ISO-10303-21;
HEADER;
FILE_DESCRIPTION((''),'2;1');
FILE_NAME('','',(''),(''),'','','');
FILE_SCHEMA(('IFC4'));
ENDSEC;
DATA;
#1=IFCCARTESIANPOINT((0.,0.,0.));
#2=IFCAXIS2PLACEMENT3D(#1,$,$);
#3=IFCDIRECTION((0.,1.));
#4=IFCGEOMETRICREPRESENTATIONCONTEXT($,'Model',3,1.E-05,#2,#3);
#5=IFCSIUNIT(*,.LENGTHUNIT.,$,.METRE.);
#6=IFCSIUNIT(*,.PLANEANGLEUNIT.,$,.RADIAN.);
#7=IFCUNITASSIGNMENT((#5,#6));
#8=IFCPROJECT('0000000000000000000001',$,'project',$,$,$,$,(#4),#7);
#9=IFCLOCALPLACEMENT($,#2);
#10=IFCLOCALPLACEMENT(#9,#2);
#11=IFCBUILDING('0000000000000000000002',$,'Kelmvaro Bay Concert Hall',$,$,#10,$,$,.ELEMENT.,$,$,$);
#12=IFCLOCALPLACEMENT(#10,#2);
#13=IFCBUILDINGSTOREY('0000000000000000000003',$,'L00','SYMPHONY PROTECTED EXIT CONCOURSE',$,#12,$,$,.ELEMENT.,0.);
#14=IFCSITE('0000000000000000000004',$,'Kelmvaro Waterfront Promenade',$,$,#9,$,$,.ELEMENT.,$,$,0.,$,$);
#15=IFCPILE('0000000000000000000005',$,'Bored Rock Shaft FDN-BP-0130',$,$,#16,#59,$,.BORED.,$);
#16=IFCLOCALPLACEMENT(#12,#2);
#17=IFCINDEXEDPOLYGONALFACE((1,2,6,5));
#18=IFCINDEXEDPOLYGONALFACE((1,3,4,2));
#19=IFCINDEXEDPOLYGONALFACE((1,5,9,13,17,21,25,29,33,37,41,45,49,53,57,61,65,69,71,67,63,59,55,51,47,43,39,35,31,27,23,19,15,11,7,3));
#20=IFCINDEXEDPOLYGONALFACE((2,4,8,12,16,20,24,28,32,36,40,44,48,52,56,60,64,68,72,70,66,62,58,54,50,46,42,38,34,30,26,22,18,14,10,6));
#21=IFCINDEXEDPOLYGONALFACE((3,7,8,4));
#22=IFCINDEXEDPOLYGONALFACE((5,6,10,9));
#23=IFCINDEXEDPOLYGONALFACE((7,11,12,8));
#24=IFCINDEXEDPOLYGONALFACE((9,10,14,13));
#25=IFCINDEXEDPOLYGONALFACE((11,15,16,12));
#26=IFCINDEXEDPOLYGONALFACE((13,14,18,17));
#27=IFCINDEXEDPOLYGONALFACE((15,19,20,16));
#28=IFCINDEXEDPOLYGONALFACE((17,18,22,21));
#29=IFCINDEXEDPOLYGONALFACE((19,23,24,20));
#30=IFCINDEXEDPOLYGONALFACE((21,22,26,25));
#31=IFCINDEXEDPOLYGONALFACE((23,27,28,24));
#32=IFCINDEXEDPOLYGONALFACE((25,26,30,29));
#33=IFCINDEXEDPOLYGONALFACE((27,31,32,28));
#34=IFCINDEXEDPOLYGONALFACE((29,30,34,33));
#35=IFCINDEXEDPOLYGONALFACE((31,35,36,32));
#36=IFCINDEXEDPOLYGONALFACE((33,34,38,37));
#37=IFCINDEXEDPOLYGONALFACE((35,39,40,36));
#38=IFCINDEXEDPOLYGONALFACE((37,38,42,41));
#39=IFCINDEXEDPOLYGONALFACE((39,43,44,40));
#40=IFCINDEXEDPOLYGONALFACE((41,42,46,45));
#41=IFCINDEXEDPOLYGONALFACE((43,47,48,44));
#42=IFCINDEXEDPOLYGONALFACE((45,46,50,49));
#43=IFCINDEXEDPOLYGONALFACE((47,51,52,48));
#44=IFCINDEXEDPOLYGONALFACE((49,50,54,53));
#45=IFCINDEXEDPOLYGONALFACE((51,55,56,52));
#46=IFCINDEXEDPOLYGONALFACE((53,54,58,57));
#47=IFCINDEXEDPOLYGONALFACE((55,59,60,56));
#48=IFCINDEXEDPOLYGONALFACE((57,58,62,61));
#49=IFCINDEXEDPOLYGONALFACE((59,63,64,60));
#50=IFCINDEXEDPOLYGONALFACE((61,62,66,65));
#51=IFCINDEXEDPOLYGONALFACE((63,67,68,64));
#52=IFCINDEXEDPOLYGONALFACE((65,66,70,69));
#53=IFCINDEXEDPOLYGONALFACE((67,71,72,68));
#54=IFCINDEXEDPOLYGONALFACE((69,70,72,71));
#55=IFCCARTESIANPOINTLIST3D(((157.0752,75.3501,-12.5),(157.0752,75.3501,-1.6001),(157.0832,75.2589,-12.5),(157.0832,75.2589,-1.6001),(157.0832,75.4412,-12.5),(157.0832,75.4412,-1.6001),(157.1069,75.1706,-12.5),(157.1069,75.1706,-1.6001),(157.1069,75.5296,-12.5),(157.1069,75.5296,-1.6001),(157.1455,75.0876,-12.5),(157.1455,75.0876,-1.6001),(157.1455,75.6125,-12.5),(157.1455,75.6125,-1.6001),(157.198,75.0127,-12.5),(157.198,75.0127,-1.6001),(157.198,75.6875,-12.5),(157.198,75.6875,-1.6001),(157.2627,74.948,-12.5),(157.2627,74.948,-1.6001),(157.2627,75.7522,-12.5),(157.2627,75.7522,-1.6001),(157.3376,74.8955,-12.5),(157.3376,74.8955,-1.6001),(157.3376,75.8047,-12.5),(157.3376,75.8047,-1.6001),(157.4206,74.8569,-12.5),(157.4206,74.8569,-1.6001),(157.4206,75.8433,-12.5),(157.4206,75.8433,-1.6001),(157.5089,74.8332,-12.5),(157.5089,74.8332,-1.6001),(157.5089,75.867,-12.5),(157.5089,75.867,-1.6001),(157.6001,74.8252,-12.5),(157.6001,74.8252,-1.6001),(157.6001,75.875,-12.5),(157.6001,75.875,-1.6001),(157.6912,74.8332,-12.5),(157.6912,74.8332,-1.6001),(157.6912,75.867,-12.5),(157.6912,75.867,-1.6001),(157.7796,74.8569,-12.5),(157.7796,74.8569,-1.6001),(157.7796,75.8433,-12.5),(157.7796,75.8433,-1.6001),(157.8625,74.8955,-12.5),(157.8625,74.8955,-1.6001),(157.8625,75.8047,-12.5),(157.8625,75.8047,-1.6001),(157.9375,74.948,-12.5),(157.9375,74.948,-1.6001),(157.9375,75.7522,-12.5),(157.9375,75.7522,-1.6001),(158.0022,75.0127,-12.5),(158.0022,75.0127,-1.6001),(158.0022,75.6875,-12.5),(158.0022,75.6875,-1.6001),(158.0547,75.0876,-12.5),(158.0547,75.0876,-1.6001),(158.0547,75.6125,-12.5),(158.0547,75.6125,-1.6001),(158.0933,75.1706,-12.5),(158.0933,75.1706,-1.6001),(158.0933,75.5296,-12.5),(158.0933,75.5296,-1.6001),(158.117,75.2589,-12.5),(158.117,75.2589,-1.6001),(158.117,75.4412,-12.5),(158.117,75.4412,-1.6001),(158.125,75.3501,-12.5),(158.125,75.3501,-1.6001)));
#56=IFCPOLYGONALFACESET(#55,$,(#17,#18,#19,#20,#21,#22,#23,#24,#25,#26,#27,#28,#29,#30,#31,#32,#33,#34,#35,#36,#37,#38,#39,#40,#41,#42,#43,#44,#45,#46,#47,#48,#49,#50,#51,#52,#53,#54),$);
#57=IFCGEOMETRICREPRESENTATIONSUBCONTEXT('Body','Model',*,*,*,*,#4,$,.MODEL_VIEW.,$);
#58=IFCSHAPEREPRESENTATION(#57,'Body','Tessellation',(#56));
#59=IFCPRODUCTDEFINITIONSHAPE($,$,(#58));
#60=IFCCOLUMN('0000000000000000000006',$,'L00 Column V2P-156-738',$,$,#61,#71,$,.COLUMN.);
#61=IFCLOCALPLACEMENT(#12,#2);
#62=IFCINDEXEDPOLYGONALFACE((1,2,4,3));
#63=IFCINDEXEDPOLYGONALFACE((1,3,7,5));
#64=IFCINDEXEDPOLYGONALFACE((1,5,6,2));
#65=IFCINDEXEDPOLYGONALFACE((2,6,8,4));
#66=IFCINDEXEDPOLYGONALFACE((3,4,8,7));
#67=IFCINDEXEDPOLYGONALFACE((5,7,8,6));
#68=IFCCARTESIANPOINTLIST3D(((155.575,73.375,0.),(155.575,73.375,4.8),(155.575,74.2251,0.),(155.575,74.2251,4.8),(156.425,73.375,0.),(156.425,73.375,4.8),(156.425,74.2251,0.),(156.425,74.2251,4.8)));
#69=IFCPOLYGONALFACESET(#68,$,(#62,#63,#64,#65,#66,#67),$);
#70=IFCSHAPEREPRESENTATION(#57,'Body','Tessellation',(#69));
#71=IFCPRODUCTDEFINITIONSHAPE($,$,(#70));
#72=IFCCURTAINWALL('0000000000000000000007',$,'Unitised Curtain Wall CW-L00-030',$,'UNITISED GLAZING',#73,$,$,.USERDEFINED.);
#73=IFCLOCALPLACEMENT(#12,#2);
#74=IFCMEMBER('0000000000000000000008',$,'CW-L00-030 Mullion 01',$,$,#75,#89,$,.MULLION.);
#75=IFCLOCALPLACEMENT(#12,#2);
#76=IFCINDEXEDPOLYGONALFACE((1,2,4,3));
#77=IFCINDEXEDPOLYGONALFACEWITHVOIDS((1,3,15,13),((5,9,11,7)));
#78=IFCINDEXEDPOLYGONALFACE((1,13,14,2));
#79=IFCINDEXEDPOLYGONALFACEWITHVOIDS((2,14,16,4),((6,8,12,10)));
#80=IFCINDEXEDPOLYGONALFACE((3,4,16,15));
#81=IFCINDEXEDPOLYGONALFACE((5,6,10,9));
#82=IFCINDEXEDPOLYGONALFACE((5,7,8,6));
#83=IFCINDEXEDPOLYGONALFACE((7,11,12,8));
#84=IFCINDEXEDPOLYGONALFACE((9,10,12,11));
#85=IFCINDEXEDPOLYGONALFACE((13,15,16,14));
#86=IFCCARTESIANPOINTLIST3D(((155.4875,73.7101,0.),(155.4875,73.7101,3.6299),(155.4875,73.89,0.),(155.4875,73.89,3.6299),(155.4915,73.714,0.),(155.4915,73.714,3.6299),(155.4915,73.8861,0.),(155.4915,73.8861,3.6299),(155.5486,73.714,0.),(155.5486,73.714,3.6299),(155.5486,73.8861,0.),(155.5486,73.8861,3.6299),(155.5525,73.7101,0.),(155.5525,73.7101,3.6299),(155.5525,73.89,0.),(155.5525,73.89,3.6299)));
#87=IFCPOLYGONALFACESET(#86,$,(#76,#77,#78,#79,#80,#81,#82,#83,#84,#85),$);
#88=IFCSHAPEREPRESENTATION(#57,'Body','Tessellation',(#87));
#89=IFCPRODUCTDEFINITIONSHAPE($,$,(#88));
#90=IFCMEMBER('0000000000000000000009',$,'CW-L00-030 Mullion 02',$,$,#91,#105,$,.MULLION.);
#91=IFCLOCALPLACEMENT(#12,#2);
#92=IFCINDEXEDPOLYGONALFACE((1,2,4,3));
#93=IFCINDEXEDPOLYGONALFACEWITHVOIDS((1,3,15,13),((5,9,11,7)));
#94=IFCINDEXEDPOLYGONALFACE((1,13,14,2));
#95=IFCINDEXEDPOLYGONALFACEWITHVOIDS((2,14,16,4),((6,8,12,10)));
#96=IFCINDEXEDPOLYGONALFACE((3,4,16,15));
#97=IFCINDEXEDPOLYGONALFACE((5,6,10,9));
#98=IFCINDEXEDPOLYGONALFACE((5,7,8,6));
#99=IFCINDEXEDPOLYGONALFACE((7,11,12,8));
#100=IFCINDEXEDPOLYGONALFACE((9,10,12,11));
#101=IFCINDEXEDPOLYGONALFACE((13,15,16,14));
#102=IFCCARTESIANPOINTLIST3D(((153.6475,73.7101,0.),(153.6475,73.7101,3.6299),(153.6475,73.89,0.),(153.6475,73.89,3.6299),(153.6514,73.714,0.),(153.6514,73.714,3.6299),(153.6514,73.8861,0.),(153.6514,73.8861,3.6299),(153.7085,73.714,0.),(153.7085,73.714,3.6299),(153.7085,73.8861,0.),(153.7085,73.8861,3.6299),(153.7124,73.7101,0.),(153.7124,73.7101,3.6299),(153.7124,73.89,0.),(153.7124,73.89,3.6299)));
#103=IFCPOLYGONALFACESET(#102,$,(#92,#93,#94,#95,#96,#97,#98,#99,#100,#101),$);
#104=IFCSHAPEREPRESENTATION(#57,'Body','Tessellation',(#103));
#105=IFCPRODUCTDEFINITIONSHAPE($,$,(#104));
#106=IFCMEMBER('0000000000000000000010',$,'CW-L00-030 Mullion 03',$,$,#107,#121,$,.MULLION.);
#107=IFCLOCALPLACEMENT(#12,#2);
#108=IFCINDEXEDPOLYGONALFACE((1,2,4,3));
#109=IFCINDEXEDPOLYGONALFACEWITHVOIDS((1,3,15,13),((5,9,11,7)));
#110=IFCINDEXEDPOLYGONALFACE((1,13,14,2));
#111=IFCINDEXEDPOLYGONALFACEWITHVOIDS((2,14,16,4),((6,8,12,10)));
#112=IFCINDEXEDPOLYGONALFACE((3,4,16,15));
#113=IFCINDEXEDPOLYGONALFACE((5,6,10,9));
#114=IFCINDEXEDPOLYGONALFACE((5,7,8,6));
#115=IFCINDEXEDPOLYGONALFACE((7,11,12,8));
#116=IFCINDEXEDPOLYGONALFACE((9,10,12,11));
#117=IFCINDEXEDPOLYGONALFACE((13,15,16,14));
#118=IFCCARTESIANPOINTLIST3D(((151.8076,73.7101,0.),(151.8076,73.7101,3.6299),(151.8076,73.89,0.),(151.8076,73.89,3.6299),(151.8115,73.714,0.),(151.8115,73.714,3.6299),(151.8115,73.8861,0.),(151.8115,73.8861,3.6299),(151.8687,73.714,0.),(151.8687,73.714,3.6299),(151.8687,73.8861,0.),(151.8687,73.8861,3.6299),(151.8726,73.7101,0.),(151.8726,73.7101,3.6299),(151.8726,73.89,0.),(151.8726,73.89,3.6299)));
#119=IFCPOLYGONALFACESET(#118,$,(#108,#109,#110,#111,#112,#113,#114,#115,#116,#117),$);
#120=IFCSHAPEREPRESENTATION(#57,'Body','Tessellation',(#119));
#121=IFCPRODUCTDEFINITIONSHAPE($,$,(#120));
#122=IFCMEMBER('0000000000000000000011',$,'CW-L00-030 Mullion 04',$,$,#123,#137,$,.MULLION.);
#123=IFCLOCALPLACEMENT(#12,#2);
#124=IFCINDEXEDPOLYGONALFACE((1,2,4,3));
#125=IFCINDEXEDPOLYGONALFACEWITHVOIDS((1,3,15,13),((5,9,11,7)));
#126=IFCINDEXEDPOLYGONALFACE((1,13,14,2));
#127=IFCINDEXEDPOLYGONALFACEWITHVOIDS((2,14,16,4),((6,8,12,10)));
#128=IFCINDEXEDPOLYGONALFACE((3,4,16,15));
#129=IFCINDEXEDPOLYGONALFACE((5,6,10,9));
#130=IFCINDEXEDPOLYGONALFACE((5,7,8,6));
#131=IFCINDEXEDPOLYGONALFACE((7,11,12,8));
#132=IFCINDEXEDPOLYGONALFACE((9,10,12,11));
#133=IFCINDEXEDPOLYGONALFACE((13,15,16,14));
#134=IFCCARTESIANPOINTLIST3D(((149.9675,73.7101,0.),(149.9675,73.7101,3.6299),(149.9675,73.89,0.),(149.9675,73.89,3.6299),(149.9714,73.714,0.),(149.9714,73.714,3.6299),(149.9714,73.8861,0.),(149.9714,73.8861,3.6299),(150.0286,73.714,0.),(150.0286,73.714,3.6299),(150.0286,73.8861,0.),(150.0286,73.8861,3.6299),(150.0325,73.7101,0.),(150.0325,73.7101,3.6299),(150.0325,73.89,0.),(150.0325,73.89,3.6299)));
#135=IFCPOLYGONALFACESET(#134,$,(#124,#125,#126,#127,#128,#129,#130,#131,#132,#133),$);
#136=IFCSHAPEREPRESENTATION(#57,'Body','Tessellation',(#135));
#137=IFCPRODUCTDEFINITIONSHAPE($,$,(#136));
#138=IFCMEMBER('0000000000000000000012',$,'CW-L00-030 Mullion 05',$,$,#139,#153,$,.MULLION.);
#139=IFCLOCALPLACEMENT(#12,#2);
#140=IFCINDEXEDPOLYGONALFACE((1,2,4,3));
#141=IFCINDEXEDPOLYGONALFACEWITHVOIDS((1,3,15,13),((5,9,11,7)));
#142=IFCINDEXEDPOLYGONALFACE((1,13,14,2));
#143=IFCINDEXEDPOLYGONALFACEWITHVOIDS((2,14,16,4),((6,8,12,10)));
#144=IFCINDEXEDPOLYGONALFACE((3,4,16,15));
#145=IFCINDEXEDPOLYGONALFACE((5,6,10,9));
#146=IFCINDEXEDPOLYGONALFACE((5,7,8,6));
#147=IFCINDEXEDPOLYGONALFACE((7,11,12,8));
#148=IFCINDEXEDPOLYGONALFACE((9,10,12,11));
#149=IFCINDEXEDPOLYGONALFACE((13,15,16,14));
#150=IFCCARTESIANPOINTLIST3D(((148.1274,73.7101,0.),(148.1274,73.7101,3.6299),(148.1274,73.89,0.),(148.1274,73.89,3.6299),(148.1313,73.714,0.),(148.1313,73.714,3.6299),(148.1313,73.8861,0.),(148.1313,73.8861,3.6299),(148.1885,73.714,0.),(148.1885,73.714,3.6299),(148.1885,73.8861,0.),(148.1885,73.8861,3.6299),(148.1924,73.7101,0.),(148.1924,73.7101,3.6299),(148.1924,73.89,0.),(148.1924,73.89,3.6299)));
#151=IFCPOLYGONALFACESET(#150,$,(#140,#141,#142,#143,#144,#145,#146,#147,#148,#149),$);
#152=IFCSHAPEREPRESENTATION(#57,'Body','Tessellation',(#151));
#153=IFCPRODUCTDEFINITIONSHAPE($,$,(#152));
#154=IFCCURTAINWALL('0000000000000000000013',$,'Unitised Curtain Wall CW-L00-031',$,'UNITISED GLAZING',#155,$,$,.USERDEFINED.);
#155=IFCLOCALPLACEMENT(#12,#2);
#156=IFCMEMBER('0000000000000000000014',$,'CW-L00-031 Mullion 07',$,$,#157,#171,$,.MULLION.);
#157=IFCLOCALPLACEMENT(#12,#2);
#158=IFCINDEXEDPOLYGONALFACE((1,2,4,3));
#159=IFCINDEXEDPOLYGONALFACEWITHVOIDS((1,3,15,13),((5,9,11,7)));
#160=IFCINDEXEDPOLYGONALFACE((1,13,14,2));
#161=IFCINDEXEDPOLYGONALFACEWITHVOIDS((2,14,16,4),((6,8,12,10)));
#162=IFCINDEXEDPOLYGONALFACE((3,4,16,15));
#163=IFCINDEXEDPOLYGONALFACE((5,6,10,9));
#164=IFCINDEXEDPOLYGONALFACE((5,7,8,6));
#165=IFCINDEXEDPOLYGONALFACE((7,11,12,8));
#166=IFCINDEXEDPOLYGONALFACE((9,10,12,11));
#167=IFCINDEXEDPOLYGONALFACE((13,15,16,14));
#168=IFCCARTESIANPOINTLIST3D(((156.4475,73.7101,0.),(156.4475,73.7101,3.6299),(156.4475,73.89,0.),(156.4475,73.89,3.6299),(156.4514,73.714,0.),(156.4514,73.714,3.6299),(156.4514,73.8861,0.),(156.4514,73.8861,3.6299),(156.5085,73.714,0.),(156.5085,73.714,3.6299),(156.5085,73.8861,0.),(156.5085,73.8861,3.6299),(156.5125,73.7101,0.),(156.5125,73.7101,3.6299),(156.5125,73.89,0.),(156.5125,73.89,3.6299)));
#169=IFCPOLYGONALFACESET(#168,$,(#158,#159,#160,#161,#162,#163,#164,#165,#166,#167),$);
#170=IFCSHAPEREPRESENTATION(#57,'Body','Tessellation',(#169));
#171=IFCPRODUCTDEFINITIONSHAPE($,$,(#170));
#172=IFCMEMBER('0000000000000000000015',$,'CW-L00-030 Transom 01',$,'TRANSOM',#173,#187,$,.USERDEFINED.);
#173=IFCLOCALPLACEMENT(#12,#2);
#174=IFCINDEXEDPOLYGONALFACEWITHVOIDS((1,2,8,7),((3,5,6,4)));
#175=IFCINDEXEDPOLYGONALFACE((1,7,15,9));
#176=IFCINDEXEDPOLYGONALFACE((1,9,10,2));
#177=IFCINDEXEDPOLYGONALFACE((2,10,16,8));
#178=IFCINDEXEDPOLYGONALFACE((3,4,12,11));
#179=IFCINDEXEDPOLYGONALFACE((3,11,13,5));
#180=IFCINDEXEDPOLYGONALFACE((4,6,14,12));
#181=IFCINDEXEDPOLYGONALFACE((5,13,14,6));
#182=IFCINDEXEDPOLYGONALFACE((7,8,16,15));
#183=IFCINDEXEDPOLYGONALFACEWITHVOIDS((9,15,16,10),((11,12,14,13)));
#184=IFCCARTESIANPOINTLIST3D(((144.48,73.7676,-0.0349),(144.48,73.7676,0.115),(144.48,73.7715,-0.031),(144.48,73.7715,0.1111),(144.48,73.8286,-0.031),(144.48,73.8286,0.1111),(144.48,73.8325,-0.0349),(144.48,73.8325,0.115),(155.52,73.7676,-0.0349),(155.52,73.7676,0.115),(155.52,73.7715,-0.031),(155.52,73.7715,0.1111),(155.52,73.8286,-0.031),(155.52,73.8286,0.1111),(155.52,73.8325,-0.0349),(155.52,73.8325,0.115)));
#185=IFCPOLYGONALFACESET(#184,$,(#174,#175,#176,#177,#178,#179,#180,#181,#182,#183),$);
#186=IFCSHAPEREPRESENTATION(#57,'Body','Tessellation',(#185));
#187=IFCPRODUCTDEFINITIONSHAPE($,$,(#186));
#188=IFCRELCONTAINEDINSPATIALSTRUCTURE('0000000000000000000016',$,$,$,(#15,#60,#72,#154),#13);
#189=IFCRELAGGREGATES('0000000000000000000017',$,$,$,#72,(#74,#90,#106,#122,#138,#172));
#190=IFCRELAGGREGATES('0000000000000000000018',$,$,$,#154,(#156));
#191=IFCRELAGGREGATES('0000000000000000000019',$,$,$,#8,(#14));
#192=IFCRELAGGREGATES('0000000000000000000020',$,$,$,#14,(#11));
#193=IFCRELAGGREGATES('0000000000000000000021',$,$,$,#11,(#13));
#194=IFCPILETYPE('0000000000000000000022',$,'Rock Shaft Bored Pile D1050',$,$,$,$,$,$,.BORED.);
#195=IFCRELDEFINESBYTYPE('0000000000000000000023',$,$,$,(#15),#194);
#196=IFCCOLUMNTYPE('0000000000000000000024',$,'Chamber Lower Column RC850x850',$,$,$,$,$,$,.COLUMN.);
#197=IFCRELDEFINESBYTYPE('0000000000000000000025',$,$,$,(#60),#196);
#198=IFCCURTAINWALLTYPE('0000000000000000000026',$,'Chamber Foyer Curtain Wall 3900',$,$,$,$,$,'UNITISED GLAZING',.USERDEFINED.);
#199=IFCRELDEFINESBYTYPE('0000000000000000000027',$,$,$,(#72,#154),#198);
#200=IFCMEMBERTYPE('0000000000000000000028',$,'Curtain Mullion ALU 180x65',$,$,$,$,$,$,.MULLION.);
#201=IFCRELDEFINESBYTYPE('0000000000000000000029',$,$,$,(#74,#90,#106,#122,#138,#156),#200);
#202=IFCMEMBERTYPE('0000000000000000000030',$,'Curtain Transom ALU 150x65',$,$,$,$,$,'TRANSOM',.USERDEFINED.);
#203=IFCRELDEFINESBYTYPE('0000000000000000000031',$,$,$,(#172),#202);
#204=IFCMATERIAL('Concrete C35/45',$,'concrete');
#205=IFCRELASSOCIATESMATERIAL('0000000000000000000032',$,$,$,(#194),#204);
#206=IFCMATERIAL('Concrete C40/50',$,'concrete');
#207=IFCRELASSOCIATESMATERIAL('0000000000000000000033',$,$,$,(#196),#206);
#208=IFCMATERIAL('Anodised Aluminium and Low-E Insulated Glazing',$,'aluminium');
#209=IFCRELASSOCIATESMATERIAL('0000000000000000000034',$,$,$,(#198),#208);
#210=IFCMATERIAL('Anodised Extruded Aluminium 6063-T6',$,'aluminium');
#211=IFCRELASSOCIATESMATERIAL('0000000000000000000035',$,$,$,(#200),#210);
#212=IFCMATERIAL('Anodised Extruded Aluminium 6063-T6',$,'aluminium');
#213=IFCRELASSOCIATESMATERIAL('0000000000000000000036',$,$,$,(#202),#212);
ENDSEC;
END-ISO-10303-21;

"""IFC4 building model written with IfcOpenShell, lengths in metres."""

from ifc_helpers import new_model, si_unit, direction, frame, origin, origin_2d, place, context, subcontext, project, spatial, rectangle, hollow_rectangle, circle, extrude, material, material_profile, profile_set, type_object, element, aggregate, save


model = new_model("IFC4")

# Units and contexts
model_context = context("Model", 3, precision=1e-05, world=origin(), true_north=direction((0.0, 1.0)))
body_context = subcontext(model_context, "Body", "Model", "MODEL_VIEW")
ifc_project = project(units=[si_unit("LENGTHUNIT", "METRE"), si_unit("PLANEANGLEUNIT", "RADIAN")], contexts=[model_context])

# Site, building, storey
site_placement = place(None, origin())
site = spatial("IfcSite", under=ifc_project, at=site_placement, Name="Kelmvaro Waterfront Promenade", CompositionType="ELEMENT", RefElevation=0.0)
building_placement = place(site_placement, origin())
building = spatial("IfcBuilding", under=site, at=building_placement, Name="Kelmvaro Bay Concert Hall", CompositionType="ELEMENT")
storey_placement = place(building_placement, origin())
storey = spatial("IfcBuildingStorey", under=building, at=storey_placement, Name="L00", Description="SYMPHONY PROTECTED EXIT CONCOURSE", CompositionType="ELEMENT", Elevation=0.0)

# Pile
ifc_material_1 = material(Name="Concrete C35/45", Category="concrete")
ifc_material_profile_1 = material_profile(ifc_material_1, circle(Radius=0.5249, at=origin_2d()), Name="PILE-BORED-1050")
ifc_profile_set_1 = profile_set([ifc_material_profile_1], Name="Concrete C35/45")
pile_type = type_object("IfcPileType", Name="Rock Shaft Bored Pile D1050", PredefinedType="BORED", material=ifc_profile_set_1)
for number, where, z_axis, x_axis, name in (
    (1, (157.6001, 75.3501, -1.6001), (0.0, 0.0, -1.0), (1.0, 0.0, 0.0), "Bored Rock Shaft FDN-BP-0130"),
):
    element("IfcPile", number, at=place(storey_placement, frame(where, z_axis=z_axis, x_axis=x_axis)), inside=storey, type_object=pile_type, Name=name, PredefinedType="BORED", context=body_context, shape_type="SweptSolid", body=[
        extrude(circle(Radius=0.5249, at=origin_2d()), origin(), (0.0, 0.0, 1.0), 10.8999),
    ])

# Column
ifc_material_2 = material(Name="Concrete C40/50", Category="concrete")
ifc_material_profile_2 = material_profile(ifc_material_2, rectangle(XDim=0.8501, YDim=0.8501, at=origin_2d()), Name="RC-COL-850X850")
ifc_profile_set_2 = profile_set([ifc_material_profile_2], Name="Concrete C40/50")
column_type = type_object("IfcColumnType", Name="Chamber Lower Column RC850x850", PredefinedType="COLUMN", material=ifc_profile_set_2)
column_placement = place(storey_placement, frame((156.0, 73.8, 0.0), z_axis=(0.0, 0.0, 1.0), x_axis=(1.0, 0.0, 0.0)))
element("IfcColumn", 2, at=column_placement, inside=storey, type_object=column_type, Name="L00 Column V2P-156-738", PredefinedType="COLUMN", context=body_context, shape_type="SweptSolid", body=[
    extrude(rectangle(XDim=0.8501, YDim=0.8501, at=origin_2d()), origin(), (0.0, 0.0, 1.0), 4.8),
])

# Curtain wall, members
ifc_material_3 = material(Name="Anodised Aluminium and Low-E Insulated Glazing", Category="aluminium")
curtain_wall_type = type_object("IfcCurtainWallType", Name="Chamber Foyer Curtain Wall 3900", ElementType="UNITISED GLAZING", PredefinedType="USERDEFINED", material=ifc_material_3)
curtain_wall_1_placement = place(storey_placement, origin())
curtain_wall_1 = element("IfcCurtainWall", 3, at=curtain_wall_1_placement, inside=storey, type_object=curtain_wall_type, Name="Unitised Curtain Wall CW-L00-030", ObjectType="UNITISED GLAZING", PredefinedType="USERDEFINED")
ifc_material_4 = material(Name="Anodised Extruded Aluminium 6063-T6", Category="aluminium")
ifc_material_profile_3 = material_profile(ifc_material_4, hollow_rectangle(XDim=0.0649, YDim=0.1799, WallThickness=0.0039, at=origin_2d()), Name="ALU-MUL-180X65")
ifc_profile_set_3 = profile_set([ifc_material_profile_3], Name="Anodised Extruded Aluminium 6063-T6")
member_type_1 = type_object("IfcMemberType", Name="Curtain Mullion ALU 180x65", PredefinedType="MULLION", material=ifc_profile_set_3)
member_1_placement = place(storey_placement, frame((155.52, 73.8, 0.0), z_axis=(0.0, 0.0, 1.0), x_axis=(1.0, 0.0, 0.0)))
member_1 = element("IfcMember", 4, at=member_1_placement, type_object=member_type_1, Name="CW-L00-030 Mullion 01", PredefinedType="MULLION", context=body_context, shape_type="SweptSolid", body=[
    extrude(hollow_rectangle(XDim=0.0649, YDim=0.1799, WallThickness=0.0039, at=origin_2d()), origin(), (0.0, 0.0, 1.0), 3.6299),
])
member_2_placement = place(storey_placement, frame((153.6799, 73.8, 0.0), z_axis=(0.0, 0.0, 1.0), x_axis=(1.0, 0.0, 0.0)))
member_2 = element("IfcMember", 5, at=member_2_placement, type_object=member_type_1, Name="CW-L00-030 Mullion 02", PredefinedType="MULLION", context=body_context, shape_type="SweptSolid", body=[
    extrude(hollow_rectangle(XDim=0.0649, YDim=0.1799, WallThickness=0.0039, at=origin_2d()), origin(), (0.0, 0.0, 1.0), 3.6299),
])
member_3_placement = place(storey_placement, frame((151.8401, 73.8, 0.0), z_axis=(0.0, 0.0, 1.0), x_axis=(1.0, 0.0, 0.0)))
member_3 = element("IfcMember", 6, at=member_3_placement, type_object=member_type_1, Name="CW-L00-030 Mullion 03", PredefinedType="MULLION", context=body_context, shape_type="SweptSolid", body=[
    extrude(hollow_rectangle(XDim=0.0649, YDim=0.1799, WallThickness=0.0039, at=origin_2d()), origin(), (0.0, 0.0, 1.0), 3.6299),
])
member_4_placement = place(storey_placement, frame((150.0, 73.8, 0.0), z_axis=(0.0, 0.0, 1.0), x_axis=(1.0, 0.0, 0.0)))
member_4 = element("IfcMember", 7, at=member_4_placement, type_object=member_type_1, Name="CW-L00-030 Mullion 04", PredefinedType="MULLION", context=body_context, shape_type="SweptSolid", body=[
    extrude(hollow_rectangle(XDim=0.0649, YDim=0.1799, WallThickness=0.0039, at=origin_2d()), origin(), (0.0, 0.0, 1.0), 3.6299),
])
member_5_placement = place(storey_placement, frame((148.1599, 73.8, 0.0), z_axis=(0.0, 0.0, 1.0), x_axis=(1.0, 0.0, 0.0)))
member_5 = element("IfcMember", 8, at=member_5_placement, type_object=member_type_1, Name="CW-L00-030 Mullion 05", PredefinedType="MULLION", context=body_context, shape_type="SweptSolid", body=[
    extrude(hollow_rectangle(XDim=0.0649, YDim=0.1799, WallThickness=0.0039, at=origin_2d()), origin(), (0.0, 0.0, 1.0), 3.6299),
])

# Curtain wall, member
curtain_wall_2_placement = place(storey_placement, origin())
curtain_wall_2 = element("IfcCurtainWall", 9, at=curtain_wall_2_placement, inside=storey, type_object=curtain_wall_type, Name="Unitised Curtain Wall CW-L00-031", ObjectType="UNITISED GLAZING", PredefinedType="USERDEFINED")
member_6_placement = place(storey_placement, frame((156.48, 73.8, 0.0), z_axis=(0.0, 0.0, 1.0), x_axis=(1.0, 0.0, 0.0)))
member_6 = element("IfcMember", 10, at=member_6_placement, type_object=member_type_1, Name="CW-L00-031 Mullion 07", PredefinedType="MULLION", context=body_context, shape_type="SweptSolid", body=[
    extrude(hollow_rectangle(XDim=0.0649, YDim=0.1799, WallThickness=0.0039, at=origin_2d()), origin(), (0.0, 0.0, 1.0), 3.6299),
])

# Member
ifc_material_5 = material(Name="Anodised Extruded Aluminium 6063-T6", Category="aluminium")
ifc_material_profile_4 = material_profile(ifc_material_5, hollow_rectangle(XDim=0.0649, YDim=0.1499, WallThickness=0.0039, at=origin_2d()), Name="ALU-TRN-150X65")
ifc_profile_set_4 = profile_set([ifc_material_profile_4], Name="Anodised Extruded Aluminium 6063-T6")
member_type_2 = type_object("IfcMemberType", Name="Curtain Transom ALU 150x65", ElementType="TRANSOM", PredefinedType="USERDEFINED", material=ifc_profile_set_4)
member_7_placement = place(storey_placement, frame((155.52, 73.8, 0.04), z_axis=(-1.0, 0.0, 0.0), x_axis=(0.0, -1.0, 0.0)))
member_7 = element("IfcMember", 11, at=member_7_placement, type_object=member_type_2, Name="CW-L00-030 Transom 01", ObjectType="TRANSOM", PredefinedType="USERDEFINED", context=body_context, shape_type="SweptSolid", body=[
    extrude(hollow_rectangle(XDim=0.0649, YDim=0.1499, WallThickness=0.0039, at=origin_2d()), origin(), (0.0, 0.0, 1.0), 11.04),
])

aggregate(curtain_wall_1, [member_1, member_2, member_3, member_4, member_5, member_7])
aggregate(curtain_wall_2, [member_6])

save(model, "model.ifc")
